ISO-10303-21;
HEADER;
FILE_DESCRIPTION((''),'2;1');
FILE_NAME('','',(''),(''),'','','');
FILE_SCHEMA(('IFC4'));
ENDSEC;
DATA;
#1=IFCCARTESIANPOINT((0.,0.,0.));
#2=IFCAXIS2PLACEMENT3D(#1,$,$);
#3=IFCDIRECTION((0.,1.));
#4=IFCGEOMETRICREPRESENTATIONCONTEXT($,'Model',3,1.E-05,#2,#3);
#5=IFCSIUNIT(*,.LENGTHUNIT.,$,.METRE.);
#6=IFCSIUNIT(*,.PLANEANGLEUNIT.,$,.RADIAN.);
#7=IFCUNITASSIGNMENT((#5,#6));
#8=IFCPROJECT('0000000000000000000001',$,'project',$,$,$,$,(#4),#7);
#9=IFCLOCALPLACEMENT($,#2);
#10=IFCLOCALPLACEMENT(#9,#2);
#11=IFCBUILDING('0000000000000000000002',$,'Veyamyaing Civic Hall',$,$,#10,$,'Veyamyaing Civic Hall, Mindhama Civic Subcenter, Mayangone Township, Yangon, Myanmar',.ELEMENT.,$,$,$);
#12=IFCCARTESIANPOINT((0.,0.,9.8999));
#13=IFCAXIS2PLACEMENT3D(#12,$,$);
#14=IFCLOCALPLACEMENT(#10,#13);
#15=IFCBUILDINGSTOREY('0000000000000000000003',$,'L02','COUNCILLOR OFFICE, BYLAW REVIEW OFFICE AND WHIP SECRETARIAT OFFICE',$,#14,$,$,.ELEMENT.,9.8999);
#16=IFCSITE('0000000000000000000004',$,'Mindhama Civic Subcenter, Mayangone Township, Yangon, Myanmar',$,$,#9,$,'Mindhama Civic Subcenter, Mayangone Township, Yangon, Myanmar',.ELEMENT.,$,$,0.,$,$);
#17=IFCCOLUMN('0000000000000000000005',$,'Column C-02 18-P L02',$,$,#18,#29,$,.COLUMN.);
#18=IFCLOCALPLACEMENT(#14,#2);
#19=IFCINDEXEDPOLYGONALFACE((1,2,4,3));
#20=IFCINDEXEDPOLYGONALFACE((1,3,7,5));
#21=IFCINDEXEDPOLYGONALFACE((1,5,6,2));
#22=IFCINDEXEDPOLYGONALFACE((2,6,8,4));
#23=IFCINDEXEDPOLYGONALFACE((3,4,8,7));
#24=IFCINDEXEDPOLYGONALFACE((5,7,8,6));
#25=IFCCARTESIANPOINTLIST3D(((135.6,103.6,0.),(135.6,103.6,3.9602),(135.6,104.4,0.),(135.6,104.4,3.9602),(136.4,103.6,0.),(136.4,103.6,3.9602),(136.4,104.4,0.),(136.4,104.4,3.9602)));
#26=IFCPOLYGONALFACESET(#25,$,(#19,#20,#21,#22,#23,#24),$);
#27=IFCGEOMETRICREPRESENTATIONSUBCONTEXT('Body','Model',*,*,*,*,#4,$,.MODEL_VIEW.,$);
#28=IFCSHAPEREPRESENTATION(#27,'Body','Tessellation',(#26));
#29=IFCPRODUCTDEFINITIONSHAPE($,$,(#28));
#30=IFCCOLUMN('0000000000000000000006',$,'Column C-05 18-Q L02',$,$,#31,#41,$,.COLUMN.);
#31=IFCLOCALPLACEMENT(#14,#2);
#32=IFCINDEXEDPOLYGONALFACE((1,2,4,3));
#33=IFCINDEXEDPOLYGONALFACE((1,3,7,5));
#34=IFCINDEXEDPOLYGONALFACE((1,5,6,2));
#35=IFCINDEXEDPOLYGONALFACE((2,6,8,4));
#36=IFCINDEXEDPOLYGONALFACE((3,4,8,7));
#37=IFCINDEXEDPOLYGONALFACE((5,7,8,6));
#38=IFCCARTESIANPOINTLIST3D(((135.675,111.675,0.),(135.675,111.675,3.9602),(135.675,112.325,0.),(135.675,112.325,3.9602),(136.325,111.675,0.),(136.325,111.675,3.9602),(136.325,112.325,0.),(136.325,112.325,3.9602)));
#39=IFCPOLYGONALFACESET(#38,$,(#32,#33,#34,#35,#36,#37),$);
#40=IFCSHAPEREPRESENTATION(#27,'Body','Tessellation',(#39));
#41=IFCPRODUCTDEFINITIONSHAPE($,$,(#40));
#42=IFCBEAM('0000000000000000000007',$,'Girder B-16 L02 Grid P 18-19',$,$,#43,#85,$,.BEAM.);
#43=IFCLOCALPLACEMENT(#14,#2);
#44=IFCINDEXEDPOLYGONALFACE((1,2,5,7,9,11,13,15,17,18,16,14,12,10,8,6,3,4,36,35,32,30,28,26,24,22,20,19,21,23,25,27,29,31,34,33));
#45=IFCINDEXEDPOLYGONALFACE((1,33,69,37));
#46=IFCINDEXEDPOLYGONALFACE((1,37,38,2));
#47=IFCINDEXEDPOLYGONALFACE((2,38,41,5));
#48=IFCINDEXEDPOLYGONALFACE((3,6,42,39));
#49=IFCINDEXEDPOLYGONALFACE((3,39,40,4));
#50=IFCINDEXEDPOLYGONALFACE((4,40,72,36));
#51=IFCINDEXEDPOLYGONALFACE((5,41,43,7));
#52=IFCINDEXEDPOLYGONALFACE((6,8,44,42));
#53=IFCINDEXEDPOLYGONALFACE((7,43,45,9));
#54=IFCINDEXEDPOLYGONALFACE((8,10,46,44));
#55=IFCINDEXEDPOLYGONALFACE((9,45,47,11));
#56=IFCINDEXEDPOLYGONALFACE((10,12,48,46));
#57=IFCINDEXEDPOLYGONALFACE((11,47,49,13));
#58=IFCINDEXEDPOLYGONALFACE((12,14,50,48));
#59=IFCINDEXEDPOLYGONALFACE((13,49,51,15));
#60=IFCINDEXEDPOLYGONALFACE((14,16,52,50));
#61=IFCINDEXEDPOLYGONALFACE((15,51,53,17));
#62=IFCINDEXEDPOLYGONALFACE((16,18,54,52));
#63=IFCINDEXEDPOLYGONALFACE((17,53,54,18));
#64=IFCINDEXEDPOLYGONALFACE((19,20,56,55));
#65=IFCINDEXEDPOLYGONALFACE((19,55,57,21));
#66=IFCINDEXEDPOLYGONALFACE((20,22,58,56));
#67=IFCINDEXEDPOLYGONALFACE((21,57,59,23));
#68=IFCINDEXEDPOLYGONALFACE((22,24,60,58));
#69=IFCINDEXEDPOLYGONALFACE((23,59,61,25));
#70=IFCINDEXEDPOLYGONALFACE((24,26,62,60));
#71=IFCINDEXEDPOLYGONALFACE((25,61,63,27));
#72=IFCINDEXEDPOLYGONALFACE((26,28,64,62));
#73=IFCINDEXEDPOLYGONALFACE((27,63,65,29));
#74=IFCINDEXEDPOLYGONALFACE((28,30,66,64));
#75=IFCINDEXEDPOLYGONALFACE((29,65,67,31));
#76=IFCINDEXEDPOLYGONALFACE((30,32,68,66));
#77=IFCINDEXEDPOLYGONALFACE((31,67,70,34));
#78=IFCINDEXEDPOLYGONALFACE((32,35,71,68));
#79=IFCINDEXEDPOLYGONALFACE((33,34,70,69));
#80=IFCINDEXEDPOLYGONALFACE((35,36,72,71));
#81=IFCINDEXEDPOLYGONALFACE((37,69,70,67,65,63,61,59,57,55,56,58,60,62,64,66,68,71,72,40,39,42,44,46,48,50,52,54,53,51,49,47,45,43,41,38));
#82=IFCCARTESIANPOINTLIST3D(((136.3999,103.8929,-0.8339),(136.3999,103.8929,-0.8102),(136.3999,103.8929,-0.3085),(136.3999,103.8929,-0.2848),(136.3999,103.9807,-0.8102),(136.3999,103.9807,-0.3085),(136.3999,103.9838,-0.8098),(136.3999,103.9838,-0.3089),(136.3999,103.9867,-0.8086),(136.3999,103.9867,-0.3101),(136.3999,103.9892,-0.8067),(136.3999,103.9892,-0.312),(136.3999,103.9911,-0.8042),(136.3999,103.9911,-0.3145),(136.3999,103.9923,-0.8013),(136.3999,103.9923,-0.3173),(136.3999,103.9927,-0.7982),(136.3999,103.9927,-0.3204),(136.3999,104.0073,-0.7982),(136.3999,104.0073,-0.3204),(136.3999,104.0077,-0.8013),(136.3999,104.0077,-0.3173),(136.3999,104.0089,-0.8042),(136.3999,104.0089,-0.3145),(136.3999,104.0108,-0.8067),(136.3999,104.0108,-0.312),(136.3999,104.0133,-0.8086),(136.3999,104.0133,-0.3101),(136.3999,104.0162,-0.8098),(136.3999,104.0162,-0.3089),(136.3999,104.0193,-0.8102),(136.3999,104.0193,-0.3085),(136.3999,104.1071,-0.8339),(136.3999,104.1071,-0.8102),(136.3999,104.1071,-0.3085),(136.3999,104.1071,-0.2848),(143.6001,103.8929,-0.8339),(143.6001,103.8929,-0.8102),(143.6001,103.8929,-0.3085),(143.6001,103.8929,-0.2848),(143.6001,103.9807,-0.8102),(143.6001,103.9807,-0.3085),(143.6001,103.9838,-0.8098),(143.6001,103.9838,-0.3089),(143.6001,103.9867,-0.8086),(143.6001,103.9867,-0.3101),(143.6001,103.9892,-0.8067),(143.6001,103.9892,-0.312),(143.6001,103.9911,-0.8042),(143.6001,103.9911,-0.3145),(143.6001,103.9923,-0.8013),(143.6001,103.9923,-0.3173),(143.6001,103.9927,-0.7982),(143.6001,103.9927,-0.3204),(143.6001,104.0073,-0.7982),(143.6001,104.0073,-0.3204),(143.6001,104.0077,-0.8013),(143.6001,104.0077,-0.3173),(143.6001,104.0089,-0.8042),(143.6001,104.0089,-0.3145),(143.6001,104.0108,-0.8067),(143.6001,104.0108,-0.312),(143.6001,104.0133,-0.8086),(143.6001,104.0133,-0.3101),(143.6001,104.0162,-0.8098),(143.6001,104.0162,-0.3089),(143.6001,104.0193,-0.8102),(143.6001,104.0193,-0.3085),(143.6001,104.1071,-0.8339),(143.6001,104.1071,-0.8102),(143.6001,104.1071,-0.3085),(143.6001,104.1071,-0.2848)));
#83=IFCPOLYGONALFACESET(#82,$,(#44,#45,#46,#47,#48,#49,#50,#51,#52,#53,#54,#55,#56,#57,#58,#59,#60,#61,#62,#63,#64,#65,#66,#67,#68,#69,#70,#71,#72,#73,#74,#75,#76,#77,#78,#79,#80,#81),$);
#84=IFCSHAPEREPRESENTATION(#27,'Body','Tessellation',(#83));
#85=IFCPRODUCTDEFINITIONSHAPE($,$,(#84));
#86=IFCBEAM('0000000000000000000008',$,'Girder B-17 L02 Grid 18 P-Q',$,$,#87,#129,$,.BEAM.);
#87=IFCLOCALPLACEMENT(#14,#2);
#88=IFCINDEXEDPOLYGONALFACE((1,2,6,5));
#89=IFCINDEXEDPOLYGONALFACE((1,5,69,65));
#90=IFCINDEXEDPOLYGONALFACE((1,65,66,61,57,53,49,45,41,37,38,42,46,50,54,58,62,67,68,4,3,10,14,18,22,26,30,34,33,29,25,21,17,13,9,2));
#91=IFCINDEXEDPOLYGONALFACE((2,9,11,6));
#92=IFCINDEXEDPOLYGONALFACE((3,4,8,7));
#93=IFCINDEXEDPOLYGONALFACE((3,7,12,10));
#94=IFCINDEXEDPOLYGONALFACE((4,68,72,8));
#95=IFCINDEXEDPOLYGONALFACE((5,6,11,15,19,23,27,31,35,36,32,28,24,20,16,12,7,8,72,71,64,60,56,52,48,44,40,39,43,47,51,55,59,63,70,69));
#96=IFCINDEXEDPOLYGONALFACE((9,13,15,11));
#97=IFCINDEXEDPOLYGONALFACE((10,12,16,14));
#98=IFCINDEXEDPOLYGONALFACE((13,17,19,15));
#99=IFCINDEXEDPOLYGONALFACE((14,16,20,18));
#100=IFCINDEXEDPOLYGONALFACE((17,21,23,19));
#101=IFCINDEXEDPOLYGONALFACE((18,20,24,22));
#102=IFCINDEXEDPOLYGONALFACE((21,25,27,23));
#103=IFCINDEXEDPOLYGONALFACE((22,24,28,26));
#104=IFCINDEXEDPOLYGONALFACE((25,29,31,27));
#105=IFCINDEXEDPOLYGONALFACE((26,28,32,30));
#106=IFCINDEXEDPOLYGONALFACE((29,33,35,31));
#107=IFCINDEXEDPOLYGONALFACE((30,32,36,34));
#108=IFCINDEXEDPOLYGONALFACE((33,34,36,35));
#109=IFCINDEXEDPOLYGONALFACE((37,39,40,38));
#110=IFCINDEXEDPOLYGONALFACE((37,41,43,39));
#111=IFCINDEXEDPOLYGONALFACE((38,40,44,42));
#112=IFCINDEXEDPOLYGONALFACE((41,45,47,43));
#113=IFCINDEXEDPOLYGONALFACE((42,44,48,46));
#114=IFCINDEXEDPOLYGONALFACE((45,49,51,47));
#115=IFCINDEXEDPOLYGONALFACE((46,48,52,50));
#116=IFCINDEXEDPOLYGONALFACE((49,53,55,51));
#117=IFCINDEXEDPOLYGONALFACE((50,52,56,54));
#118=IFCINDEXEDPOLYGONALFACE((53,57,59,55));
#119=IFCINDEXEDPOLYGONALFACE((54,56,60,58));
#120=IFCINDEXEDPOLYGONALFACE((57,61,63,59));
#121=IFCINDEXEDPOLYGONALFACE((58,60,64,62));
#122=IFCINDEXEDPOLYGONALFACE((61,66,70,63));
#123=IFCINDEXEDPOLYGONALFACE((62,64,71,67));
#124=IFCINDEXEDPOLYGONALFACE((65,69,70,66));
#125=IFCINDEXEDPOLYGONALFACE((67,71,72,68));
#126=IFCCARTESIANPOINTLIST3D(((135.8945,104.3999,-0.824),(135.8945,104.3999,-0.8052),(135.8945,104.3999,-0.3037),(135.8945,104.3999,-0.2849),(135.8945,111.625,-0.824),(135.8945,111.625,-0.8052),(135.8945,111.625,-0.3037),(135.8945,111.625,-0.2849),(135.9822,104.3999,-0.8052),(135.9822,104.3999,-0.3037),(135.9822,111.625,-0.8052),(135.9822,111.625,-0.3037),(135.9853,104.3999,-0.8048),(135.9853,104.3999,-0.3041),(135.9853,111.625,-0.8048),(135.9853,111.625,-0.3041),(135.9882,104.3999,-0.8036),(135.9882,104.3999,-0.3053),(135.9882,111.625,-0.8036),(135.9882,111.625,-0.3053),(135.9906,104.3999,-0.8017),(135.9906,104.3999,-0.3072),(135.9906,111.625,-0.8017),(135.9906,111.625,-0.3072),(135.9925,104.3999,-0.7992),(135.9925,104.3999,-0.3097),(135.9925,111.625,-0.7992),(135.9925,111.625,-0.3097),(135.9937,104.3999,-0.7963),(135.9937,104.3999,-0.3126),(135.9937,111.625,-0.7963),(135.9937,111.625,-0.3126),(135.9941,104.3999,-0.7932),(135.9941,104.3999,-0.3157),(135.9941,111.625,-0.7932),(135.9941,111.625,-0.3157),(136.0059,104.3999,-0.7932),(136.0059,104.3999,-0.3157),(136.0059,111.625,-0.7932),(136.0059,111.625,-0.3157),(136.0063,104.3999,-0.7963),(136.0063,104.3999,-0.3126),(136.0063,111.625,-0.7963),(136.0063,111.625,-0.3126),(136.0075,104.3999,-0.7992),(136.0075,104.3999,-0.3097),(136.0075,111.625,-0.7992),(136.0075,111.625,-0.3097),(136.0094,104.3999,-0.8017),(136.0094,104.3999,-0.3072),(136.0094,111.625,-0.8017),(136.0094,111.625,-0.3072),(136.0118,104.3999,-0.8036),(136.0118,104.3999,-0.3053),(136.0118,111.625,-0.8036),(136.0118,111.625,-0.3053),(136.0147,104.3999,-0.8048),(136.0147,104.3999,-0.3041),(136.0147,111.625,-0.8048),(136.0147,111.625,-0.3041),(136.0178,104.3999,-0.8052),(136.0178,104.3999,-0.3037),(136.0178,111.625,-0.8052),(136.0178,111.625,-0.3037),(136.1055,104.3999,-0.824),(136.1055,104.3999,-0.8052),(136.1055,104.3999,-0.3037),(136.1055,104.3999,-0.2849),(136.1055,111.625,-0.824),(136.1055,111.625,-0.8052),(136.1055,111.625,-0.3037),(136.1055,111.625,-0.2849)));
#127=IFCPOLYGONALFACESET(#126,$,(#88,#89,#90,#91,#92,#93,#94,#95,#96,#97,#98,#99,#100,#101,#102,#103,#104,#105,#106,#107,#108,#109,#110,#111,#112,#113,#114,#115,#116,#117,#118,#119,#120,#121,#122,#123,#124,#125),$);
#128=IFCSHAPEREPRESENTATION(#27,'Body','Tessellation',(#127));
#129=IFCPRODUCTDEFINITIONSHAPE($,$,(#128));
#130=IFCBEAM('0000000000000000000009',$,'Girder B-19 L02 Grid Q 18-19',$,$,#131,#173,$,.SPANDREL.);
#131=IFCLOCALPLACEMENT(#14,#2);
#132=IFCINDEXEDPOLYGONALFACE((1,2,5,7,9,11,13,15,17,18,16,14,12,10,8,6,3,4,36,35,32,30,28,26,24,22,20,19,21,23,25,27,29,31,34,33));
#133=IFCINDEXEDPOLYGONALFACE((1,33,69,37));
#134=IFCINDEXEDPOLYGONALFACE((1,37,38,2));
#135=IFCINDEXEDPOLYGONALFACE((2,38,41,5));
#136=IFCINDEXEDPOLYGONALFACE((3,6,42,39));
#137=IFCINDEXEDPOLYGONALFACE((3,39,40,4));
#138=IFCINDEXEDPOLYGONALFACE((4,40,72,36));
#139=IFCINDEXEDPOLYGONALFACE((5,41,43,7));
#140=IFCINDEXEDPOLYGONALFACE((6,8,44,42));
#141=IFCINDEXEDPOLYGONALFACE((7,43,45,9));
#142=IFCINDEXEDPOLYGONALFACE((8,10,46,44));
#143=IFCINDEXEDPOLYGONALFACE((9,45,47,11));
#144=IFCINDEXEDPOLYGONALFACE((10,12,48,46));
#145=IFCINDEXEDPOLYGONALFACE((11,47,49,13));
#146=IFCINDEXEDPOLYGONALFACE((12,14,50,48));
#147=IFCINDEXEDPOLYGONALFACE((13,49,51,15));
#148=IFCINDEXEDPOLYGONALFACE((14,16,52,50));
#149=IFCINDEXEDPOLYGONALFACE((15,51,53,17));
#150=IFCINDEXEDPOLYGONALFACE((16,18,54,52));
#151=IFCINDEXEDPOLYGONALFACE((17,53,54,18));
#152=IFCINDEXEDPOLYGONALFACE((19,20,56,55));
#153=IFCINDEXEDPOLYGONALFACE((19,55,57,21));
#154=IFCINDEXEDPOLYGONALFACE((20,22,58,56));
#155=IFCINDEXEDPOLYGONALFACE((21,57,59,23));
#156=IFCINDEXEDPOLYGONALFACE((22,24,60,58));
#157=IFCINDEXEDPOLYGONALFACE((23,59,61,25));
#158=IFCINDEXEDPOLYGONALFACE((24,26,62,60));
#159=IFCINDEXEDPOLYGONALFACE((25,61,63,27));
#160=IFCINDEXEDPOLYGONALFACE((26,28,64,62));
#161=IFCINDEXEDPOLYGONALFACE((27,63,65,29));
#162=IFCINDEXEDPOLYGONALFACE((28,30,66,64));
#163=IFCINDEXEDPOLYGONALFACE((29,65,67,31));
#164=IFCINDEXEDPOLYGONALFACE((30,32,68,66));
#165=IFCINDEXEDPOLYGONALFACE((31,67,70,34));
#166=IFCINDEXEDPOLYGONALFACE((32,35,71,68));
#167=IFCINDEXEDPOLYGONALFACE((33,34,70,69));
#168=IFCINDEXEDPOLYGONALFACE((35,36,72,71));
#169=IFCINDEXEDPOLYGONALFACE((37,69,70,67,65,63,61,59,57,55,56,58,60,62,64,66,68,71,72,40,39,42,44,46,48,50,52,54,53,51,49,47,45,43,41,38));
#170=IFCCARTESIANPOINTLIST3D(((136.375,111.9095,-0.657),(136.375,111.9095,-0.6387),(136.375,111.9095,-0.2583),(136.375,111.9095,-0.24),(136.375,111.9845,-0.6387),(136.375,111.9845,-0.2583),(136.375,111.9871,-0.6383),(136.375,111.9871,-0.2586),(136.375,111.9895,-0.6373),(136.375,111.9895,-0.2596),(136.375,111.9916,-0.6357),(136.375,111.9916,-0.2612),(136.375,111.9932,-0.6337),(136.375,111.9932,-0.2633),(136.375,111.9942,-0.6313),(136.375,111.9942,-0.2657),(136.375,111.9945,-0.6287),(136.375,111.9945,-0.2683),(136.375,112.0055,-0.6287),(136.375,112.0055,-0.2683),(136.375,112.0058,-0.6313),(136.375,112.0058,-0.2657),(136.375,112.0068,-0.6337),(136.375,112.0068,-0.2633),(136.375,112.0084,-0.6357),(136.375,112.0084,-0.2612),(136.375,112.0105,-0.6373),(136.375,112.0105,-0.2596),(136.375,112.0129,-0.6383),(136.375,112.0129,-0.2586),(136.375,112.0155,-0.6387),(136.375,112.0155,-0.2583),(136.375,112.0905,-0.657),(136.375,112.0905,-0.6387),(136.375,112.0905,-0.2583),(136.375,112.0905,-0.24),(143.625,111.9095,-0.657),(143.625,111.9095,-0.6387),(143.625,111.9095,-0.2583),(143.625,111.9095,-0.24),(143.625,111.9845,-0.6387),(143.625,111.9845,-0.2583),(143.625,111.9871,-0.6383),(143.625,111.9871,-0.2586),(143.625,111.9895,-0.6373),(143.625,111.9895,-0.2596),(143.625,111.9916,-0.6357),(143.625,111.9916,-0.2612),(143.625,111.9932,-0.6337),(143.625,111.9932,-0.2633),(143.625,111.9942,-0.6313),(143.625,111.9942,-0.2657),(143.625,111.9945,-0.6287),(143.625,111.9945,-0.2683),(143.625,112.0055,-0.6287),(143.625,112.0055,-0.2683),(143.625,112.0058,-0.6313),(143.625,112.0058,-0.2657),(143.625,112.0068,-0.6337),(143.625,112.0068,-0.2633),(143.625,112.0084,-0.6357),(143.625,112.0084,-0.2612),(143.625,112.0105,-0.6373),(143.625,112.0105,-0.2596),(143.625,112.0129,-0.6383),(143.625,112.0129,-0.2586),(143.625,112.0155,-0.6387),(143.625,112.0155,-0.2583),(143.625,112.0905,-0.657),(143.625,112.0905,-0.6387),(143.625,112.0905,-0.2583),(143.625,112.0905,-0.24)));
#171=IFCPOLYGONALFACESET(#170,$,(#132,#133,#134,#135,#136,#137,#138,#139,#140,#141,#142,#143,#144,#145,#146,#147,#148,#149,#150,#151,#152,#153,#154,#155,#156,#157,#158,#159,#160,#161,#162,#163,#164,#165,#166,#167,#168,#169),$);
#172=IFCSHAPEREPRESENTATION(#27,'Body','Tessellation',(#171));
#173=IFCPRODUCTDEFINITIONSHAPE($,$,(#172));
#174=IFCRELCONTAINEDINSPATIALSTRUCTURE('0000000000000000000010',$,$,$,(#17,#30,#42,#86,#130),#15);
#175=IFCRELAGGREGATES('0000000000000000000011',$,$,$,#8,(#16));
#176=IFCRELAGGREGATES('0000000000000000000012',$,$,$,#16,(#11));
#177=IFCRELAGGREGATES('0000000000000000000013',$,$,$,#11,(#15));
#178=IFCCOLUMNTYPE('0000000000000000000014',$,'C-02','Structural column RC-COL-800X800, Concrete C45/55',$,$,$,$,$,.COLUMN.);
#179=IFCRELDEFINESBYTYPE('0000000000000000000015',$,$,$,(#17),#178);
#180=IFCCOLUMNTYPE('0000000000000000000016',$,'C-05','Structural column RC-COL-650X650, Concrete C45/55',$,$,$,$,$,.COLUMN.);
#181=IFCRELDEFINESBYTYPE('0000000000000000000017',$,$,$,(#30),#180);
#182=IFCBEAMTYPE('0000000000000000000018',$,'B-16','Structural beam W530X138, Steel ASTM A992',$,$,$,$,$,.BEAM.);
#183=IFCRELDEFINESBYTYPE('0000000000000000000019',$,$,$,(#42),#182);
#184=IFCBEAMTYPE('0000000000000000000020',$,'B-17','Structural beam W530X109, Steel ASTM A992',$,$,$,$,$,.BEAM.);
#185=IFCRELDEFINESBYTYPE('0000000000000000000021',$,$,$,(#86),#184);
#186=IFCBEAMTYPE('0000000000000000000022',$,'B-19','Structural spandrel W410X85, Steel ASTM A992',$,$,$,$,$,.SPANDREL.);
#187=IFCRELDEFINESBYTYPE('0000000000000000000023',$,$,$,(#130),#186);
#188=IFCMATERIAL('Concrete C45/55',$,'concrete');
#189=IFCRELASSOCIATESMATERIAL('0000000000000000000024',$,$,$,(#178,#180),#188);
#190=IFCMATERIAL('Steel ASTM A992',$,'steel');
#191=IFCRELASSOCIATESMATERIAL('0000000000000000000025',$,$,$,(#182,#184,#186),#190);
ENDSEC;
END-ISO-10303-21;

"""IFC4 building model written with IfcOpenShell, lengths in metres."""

from ifc_helpers import new_model, si_unit, direction, frame, origin, origin_2d, place, context, subcontext, project, spatial, rectangle, i_section, extrude, material, material_profile, profile_set, type_object, element, save


model = new_model("IFC4")

# Units and contexts
model_context = context("Model", 3, precision=1e-05, world=origin(), true_north=direction((0.0, 1.0)))
body_context = subcontext(model_context, "Body", "Model", "MODEL_VIEW")
ifc_project = project(units=[si_unit("LENGTHUNIT", "METRE"), si_unit("PLANEANGLEUNIT", "RADIAN")], contexts=[model_context])

# Site, building, storey
site_placement = place(None, origin())
site = spatial("IfcSite", under=ifc_project, at=site_placement, Name="Mindhama Civic Subcenter, Mayangone Township, Yangon, Myanmar", LongName="Mindhama Civic Subcenter, Mayangone Township, Yangon, Myanmar", CompositionType="ELEMENT", RefElevation=0.0)
building_placement = place(site_placement, origin())
building = spatial("IfcBuilding", under=site, at=building_placement, Name="Veyamyaing Civic Hall", LongName="Veyamyaing Civic Hall, Mindhama Civic Subcenter, Mayangone Township, Yangon, Myanmar", CompositionType="ELEMENT")
storey_placement = place(building_placement, frame((0.0, 0.0, 9.8999)))
storey = spatial("IfcBuildingStorey", under=building, at=storey_placement, Name="L02", Description="COUNCILLOR OFFICE, BYLAW REVIEW OFFICE AND WHIP SECRETARIAT OFFICE", CompositionType="ELEMENT", Elevation=9.8999)

# Columns
ifc_material_1 = material(Name="Concrete C45/55", Category="concrete")
ifc_material_profile_1 = material_profile(ifc_material_1, rectangle(XDim=0.8, YDim=0.8, at=origin_2d()), Name="RC-COL-800X800")
ifc_profile_set_1 = profile_set([ifc_material_profile_1], Name="Concrete C45/55")
column_type_1 = type_object("IfcColumnType", Name="C-02", Description="Structural column RC-COL-800X800, Concrete C45/55", PredefinedType="COLUMN", material=ifc_profile_set_1)
column_1_placement = place(storey_placement, frame((136.0, 104.0, 0.0), z_axis=(0.0, 0.0, 1.0), x_axis=(1.0, 0.0, 0.0)))
element("IfcColumn", 1, at=column_1_placement, inside=storey, type_object=column_type_1, Name="Column C-02 18-P L02", PredefinedType="COLUMN", context=body_context, shape_type="SweptSolid", body=[
    extrude(rectangle(XDim=0.8, YDim=0.8, at=origin_2d()), origin(), (0.0, 0.0, 1.0), 3.9602),
])
ifc_material_profile_2 = material_profile(ifc_material_1, rectangle(XDim=0.6499, YDim=0.6499, at=origin_2d()), Name="RC-COL-650X650")
ifc_profile_set_2 = profile_set([ifc_material_profile_2], Name="Concrete C45/55")
column_type_2 = type_object("IfcColumnType", Name="C-05", Description="Structural column RC-COL-650X650, Concrete C45/55", PredefinedType="COLUMN", material=ifc_profile_set_2)
column_2_placement = place(storey_placement, frame((136.0, 112.0, 0.0), z_axis=(0.0, 0.0, 1.0), x_axis=(1.0, 0.0, 0.0)))
element("IfcColumn", 2, at=column_2_placement, inside=storey, type_object=column_type_2, Name="Column C-05 18-Q L02", PredefinedType="COLUMN", context=body_context, shape_type="SweptSolid", body=[
    extrude(rectangle(XDim=0.6499, YDim=0.6499, at=origin_2d()), origin(), (0.0, 0.0, 1.0), 3.9602),
])

# Beams
ifc_material_2 = material(Name="Steel ASTM A992", Category="steel")
ifc_material_profile_3 = material_profile(ifc_material_2, i_section(OverallWidth=0.2141, OverallDepth=0.5491, WebThickness=0.0146, FlangeThickness=0.0237, FilletRadius=0.012, at=origin_2d()), Name="W530X138")
ifc_profile_set_3 = profile_set([ifc_material_profile_3], Name="Steel ASTM A992")
beam_type_1 = type_object("IfcBeamType", Name="B-16", Description="Structural beam W530X138, Steel ASTM A992", PredefinedType="BEAM", material=ifc_profile_set_3)
beam_1_placement = place(storey_placement, frame((136.3999, 104.0, -0.5593), z_axis=(1.0, 0.0, 0.0), x_axis=(0.0, 1.0, 0.0)))
element("IfcBeam", 3, at=beam_1_placement, inside=storey, type_object=beam_type_1, Name="Girder B-16 L02 Grid P 18-19", PredefinedType="BEAM", context=body_context, shape_type="SweptSolid", body=[
    extrude(i_section(OverallWidth=0.2141, OverallDepth=0.5491, WebThickness=0.0146, FlangeThickness=0.0237, FilletRadius=0.012, at=origin_2d()), origin(), (0.0, 0.0, 1.0), 7.2002),
])
ifc_material_profile_4 = material_profile(ifc_material_2, i_section(OverallWidth=0.2109, OverallDepth=0.5391, WebThickness=0.0117, FlangeThickness=0.0188, FilletRadius=0.012, at=origin_2d()), Name="W530X109")
ifc_profile_set_4 = profile_set([ifc_material_profile_4], Name="Steel ASTM A992")
beam_type_2 = type_object("IfcBeamType", Name="B-17", Description="Structural beam W530X109, Steel ASTM A992", PredefinedType="BEAM", material=ifc_profile_set_4)
beam_2_placement = place(storey_placement, frame((136.0, 104.3999, -0.5544), z_axis=(0.0, 1.0, 0.0), x_axis=(-1.0, 0.0, 0.0)))
element("IfcBeam", 4, at=beam_2_placement, inside=storey, type_object=beam_type_2, Name="Girder B-17 L02 Grid 18 P-Q", PredefinedType="BEAM", context=body_context, shape_type="SweptSolid", body=[
    extrude(i_section(OverallWidth=0.2109, OverallDepth=0.5391, WebThickness=0.0117, FlangeThickness=0.0188, FilletRadius=0.012, at=origin_2d()), origin(), (0.0, 0.0, 1.0), 7.2251),
])
ifc_material_profile_5 = material_profile(ifc_material_2, i_section(OverallWidth=0.1809, OverallDepth=0.417, WebThickness=0.011, FlangeThickness=0.0183, FilletRadius=0.01, at=origin_2d()), Name="W410X85")
ifc_profile_set_5 = profile_set([ifc_material_profile_5], Name="Steel ASTM A992")
beam_type_3 = type_object("IfcBeamType", Name="B-19", Description="Structural spandrel W410X85, Steel ASTM A992", PredefinedType="SPANDREL", material=ifc_profile_set_5)
beam_3_placement = place(storey_placement, frame((136.375, 112.0, -0.4485), z_axis=(1.0, 0.0, 0.0), x_axis=(0.0, 1.0, 0.0)))
element("IfcBeam", 5, at=beam_3_placement, inside=storey, type_object=beam_type_3, Name="Girder B-19 L02 Grid Q 18-19", PredefinedType="SPANDREL", context=body_context, shape_type="SweptSolid", body=[
    extrude(i_section(OverallWidth=0.1809, OverallDepth=0.417, WebThickness=0.011, FlangeThickness=0.0183, FilletRadius=0.01, at=origin_2d()), origin(), (0.0, 0.0, 1.0), 7.25),
])

save(model, "model.ifc")
